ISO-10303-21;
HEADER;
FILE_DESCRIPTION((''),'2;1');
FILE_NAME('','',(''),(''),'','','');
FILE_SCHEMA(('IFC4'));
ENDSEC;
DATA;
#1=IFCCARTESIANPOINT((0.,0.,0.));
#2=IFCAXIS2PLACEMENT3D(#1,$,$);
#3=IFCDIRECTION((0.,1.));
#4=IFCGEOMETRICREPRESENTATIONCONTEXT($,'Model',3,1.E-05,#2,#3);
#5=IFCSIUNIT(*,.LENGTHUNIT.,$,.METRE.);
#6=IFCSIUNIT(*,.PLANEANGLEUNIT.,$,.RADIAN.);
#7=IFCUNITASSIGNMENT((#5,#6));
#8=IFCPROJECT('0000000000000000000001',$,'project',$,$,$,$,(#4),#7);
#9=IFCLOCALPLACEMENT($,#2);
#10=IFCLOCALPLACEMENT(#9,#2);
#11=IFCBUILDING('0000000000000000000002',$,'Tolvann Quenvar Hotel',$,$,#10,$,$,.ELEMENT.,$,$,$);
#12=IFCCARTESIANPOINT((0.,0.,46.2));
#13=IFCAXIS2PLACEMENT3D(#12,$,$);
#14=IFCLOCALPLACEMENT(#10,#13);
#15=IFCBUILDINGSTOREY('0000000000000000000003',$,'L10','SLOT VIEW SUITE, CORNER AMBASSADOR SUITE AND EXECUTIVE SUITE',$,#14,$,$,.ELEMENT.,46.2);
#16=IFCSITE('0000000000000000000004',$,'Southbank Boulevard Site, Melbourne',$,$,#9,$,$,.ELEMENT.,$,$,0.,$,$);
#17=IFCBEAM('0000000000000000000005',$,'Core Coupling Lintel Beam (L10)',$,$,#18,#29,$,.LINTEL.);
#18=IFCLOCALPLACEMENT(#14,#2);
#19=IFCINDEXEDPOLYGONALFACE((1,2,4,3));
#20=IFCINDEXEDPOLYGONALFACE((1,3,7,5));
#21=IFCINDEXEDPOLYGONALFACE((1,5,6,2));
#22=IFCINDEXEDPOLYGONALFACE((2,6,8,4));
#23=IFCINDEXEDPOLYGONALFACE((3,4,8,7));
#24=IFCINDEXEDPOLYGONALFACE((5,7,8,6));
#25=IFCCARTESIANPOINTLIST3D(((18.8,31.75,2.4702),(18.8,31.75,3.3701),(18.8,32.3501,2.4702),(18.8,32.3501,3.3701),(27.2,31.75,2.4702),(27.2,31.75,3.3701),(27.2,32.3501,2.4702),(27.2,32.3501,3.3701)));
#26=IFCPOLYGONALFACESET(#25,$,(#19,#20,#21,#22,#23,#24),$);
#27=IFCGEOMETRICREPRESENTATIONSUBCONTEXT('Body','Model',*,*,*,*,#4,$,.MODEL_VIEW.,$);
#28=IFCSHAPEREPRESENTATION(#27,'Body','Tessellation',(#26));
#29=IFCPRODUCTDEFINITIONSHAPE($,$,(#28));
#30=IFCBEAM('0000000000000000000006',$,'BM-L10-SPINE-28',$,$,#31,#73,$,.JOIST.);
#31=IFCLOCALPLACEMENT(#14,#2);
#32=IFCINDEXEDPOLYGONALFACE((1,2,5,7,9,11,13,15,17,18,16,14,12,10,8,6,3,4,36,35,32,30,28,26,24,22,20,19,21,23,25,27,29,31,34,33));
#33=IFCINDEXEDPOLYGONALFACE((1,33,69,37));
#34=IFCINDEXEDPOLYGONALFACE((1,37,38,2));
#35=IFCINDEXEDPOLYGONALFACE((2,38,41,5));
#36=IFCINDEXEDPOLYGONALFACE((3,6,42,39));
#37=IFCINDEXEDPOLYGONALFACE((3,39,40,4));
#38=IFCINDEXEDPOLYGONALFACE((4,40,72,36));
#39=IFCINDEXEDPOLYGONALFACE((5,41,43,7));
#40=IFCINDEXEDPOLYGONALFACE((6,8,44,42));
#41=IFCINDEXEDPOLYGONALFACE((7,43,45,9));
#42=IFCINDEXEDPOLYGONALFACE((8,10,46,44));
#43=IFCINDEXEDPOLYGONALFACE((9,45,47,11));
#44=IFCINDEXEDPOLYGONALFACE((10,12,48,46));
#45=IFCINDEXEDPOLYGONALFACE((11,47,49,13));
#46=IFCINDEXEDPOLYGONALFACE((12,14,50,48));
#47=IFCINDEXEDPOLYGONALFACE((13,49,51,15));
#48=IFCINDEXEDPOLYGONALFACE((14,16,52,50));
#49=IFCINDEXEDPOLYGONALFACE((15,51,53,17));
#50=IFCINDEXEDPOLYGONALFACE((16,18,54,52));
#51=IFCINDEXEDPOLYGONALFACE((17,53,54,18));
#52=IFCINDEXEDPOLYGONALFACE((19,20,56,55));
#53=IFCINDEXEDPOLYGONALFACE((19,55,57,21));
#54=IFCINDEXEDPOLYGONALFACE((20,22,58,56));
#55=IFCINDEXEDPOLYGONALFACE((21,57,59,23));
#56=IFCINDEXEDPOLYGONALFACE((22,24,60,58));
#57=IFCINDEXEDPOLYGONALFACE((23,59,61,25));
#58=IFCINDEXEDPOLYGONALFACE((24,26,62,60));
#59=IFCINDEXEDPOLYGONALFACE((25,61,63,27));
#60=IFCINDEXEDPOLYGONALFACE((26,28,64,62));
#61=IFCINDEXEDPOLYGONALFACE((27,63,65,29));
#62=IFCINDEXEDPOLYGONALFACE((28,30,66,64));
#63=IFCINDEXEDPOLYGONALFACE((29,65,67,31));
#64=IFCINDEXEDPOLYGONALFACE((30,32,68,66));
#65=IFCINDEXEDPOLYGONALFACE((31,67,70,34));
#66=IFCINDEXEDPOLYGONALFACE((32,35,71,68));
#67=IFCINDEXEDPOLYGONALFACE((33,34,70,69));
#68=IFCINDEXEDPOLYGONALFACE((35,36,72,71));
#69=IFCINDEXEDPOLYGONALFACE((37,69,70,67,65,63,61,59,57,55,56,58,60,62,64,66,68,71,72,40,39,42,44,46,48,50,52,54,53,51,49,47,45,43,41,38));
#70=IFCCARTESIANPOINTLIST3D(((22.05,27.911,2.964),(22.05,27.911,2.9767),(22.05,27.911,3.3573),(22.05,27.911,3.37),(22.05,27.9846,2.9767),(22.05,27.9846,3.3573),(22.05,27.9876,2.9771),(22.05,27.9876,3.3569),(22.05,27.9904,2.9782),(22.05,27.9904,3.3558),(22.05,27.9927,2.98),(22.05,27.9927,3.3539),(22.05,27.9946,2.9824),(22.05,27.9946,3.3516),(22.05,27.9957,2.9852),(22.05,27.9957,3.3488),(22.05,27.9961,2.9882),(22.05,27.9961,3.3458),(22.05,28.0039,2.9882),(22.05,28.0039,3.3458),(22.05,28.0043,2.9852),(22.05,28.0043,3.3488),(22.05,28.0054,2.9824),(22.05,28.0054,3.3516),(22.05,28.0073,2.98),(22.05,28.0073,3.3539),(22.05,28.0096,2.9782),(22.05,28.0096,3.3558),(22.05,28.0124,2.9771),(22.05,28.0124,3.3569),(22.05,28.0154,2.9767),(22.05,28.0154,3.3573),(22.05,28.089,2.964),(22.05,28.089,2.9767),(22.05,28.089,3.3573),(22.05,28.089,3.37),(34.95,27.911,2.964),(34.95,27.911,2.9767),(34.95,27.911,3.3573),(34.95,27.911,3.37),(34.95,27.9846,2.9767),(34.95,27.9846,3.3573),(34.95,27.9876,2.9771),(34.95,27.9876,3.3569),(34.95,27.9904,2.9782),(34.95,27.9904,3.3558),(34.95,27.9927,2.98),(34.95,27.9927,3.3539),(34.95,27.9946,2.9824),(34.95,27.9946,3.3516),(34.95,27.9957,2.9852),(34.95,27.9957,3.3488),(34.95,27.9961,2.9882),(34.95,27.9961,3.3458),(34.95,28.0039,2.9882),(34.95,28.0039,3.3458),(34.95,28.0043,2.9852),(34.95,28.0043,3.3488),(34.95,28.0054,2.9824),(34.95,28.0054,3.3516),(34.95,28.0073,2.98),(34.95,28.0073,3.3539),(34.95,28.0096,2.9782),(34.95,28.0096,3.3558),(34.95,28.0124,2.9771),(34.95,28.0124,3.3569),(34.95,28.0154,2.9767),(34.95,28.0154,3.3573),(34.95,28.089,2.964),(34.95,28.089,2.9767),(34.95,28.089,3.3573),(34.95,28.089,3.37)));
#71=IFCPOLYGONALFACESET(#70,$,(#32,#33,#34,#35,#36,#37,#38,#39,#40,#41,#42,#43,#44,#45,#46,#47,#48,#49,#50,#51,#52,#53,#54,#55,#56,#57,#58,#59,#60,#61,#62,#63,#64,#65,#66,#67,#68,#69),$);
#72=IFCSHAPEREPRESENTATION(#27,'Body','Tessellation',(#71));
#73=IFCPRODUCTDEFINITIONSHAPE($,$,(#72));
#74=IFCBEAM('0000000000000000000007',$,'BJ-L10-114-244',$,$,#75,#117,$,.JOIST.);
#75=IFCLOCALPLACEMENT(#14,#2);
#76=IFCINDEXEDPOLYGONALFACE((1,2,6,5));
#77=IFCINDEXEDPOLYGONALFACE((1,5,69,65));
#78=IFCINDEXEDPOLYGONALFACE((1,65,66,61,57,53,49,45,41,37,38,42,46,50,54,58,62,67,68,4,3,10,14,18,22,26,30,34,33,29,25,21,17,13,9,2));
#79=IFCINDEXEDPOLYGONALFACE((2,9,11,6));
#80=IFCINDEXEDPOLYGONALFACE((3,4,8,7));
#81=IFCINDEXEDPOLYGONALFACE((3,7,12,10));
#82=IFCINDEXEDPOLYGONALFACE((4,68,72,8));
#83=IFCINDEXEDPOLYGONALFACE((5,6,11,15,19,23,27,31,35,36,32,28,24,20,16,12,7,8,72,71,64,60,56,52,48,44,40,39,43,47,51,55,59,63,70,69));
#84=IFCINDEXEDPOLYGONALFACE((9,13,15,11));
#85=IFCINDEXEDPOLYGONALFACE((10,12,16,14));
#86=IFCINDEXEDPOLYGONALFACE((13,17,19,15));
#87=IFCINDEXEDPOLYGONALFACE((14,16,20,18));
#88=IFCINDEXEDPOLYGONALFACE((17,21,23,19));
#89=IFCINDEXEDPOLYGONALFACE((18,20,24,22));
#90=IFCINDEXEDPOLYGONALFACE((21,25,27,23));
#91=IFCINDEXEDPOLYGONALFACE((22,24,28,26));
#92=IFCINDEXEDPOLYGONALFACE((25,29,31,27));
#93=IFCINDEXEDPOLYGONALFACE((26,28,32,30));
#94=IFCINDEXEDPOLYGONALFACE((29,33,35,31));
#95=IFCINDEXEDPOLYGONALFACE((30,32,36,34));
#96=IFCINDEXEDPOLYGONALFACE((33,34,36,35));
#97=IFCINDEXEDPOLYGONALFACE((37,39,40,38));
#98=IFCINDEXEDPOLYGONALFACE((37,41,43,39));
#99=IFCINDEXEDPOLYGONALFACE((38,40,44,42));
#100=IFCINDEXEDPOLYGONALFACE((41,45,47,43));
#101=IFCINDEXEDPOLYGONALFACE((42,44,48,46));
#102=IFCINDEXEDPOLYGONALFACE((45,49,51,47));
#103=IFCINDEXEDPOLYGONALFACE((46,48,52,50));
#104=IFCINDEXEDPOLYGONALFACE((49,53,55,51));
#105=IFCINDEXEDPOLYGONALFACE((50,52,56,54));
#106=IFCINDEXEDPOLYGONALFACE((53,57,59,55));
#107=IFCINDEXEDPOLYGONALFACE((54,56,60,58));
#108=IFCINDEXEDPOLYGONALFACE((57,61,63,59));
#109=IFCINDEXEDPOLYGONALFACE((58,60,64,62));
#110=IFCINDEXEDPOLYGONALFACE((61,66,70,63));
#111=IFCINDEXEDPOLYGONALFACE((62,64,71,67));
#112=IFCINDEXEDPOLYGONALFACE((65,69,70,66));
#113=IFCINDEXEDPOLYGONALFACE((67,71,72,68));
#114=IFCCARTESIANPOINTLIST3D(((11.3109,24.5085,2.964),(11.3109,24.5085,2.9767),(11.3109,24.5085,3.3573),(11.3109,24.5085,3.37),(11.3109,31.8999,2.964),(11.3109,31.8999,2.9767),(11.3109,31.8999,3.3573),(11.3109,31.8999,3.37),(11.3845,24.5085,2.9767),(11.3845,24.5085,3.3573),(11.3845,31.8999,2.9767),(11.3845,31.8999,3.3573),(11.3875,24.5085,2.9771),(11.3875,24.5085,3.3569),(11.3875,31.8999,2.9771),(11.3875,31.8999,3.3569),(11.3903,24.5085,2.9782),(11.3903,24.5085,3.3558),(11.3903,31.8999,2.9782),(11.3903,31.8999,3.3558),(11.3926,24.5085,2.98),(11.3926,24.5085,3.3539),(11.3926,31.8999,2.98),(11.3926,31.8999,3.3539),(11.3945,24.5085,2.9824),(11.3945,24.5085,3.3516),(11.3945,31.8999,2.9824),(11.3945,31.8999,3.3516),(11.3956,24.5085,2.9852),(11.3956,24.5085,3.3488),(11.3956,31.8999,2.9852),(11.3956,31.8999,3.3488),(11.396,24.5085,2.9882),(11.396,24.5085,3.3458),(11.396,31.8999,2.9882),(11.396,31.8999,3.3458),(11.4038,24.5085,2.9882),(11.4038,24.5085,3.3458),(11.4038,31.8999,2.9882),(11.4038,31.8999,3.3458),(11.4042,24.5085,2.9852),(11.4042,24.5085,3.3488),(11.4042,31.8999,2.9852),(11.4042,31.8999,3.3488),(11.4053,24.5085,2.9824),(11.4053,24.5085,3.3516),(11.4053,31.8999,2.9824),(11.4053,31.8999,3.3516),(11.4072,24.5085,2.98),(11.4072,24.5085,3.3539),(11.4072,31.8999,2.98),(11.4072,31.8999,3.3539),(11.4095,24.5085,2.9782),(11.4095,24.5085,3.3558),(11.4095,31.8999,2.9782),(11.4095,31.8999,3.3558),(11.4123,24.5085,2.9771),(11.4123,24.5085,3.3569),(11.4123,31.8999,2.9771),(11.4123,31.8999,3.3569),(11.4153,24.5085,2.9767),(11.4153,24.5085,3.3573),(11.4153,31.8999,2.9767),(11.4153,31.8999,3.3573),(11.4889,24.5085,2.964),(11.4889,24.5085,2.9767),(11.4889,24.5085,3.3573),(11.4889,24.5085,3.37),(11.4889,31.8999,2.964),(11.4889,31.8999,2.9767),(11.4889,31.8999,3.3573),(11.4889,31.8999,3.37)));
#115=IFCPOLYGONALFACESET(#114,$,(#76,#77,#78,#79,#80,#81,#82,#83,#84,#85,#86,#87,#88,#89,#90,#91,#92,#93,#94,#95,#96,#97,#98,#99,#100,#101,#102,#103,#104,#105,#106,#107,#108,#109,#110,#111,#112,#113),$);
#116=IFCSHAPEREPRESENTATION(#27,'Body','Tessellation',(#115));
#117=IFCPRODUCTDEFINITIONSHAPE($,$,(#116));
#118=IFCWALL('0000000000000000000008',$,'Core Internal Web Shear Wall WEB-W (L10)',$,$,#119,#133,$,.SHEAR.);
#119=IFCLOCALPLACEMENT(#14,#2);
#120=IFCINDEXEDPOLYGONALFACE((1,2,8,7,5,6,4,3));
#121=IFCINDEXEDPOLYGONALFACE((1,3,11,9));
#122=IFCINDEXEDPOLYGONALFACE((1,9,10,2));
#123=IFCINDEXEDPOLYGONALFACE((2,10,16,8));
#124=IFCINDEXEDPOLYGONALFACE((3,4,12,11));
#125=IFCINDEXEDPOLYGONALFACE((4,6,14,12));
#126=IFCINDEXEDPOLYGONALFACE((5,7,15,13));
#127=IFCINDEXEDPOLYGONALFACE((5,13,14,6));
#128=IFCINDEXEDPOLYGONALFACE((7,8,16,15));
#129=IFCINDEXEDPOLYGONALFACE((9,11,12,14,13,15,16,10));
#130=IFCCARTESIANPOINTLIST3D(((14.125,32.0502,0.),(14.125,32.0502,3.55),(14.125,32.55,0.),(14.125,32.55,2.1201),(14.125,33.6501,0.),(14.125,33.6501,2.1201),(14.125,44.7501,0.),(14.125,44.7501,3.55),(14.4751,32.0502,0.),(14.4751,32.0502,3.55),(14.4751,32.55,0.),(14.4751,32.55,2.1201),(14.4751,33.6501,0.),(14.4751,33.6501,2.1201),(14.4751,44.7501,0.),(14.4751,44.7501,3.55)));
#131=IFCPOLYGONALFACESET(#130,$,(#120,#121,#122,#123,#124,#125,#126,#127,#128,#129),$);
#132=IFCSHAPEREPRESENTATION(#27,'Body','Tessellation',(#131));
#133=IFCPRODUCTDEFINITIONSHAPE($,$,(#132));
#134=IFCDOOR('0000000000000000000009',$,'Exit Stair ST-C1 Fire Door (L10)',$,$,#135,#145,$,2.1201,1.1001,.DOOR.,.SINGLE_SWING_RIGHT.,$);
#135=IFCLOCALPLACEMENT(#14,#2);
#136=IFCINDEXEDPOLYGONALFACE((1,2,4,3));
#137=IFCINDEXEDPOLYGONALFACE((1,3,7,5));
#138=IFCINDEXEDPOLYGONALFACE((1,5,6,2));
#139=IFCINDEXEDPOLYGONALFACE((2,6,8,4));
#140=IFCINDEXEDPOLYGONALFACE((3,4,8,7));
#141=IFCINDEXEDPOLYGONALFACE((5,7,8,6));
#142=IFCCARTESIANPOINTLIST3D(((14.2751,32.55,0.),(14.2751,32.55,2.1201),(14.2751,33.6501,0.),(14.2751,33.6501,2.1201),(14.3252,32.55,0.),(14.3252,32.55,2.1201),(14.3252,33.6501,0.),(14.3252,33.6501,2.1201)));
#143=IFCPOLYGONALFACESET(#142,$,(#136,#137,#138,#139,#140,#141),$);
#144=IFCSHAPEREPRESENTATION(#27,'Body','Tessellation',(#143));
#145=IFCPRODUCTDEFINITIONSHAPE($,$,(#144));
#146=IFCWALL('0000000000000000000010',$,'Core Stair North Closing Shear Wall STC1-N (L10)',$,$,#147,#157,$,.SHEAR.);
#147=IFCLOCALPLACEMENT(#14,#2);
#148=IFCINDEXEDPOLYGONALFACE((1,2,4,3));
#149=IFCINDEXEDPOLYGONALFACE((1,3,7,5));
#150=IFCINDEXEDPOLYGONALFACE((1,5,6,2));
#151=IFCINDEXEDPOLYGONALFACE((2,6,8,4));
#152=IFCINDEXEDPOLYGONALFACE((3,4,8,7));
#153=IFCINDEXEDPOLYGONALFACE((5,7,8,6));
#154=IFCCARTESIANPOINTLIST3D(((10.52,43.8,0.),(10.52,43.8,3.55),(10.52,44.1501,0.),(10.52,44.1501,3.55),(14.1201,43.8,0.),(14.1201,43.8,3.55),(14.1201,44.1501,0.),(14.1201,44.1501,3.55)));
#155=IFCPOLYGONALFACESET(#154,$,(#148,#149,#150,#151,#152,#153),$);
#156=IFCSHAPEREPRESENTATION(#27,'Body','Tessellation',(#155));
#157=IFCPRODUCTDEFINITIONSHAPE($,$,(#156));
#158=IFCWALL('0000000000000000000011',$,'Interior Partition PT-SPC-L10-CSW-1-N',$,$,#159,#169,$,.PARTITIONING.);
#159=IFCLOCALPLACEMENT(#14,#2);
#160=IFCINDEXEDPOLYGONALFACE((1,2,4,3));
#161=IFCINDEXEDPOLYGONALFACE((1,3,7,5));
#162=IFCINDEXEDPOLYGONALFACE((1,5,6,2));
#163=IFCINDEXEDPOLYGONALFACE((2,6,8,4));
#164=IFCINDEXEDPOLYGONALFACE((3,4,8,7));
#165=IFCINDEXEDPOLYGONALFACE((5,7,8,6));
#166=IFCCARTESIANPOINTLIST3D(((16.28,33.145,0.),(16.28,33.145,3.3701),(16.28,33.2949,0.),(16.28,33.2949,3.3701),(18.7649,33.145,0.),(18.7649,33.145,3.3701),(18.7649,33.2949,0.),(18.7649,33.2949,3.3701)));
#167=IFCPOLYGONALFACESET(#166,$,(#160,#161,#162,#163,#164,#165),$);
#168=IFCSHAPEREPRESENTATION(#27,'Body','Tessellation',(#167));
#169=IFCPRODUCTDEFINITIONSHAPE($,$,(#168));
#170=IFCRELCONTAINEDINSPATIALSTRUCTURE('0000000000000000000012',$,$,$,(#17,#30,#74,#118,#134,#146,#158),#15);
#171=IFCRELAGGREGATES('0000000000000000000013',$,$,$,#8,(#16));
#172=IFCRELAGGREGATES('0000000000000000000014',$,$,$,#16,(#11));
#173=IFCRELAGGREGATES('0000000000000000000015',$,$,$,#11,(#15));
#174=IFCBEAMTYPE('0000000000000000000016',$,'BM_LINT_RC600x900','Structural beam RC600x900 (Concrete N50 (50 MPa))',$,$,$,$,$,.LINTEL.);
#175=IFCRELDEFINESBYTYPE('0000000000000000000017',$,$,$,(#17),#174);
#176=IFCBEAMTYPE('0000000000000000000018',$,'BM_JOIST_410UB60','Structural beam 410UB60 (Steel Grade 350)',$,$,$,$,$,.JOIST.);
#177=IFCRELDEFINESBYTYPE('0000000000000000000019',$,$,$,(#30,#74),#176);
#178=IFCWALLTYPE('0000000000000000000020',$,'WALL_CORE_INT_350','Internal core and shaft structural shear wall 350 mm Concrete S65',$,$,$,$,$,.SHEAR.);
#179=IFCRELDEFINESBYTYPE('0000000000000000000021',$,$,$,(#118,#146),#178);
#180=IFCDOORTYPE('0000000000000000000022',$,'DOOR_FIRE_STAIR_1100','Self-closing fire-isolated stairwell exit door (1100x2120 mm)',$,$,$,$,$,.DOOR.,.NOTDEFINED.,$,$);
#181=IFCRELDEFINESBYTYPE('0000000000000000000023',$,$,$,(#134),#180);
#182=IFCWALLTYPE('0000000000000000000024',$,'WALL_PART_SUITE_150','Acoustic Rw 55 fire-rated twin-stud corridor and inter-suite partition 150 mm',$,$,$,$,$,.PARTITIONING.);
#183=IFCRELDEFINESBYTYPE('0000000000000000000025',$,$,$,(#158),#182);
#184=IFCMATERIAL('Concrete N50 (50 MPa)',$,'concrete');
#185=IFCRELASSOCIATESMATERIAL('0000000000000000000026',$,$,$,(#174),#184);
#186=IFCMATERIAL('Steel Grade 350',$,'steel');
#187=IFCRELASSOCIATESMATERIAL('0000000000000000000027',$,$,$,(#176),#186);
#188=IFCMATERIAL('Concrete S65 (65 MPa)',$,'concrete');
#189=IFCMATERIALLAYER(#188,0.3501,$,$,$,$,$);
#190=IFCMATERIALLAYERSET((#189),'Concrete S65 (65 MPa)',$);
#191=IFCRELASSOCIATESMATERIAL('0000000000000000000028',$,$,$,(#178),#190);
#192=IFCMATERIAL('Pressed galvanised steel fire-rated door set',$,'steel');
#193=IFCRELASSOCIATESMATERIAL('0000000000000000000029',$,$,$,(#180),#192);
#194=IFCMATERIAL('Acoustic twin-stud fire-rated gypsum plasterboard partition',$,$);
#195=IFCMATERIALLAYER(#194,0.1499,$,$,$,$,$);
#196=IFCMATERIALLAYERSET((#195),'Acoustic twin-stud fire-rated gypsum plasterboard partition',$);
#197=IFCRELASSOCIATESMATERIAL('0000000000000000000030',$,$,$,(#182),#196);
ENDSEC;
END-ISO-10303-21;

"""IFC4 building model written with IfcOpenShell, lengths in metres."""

from ifc_helpers import new_model, si_unit, direction, frame, frame_2d, origin, origin_2d, place, context, subcontext, project, spatial, rectangle, i_section, extrude, source, transform, mapped, material, layer, layer_set, material_profile, profile_set, type_object, type_shapes, element, fill, save


model = new_model("IFC4")

# Units and contexts
model_context = context("Model", 3, precision=1e-05, world=origin(), true_north=direction((0.0, 1.0)))
body_context = subcontext(model_context, "Body", "Model", "MODEL_VIEW")
ifc_project = project(units=[si_unit("LENGTHUNIT", "METRE"), si_unit("PLANEANGLEUNIT", "RADIAN")], contexts=[model_context])

# Site, building, storey
site_placement = place(None, origin())
site = spatial("IfcSite", under=ifc_project, at=site_placement, Name="Southbank Boulevard Site, Melbourne", CompositionType="ELEMENT", RefElevation=0.0)
building_placement = place(site_placement, origin())
building = spatial("IfcBuilding", under=site, at=building_placement, Name="Tolvann Quenvar Hotel", CompositionType="ELEMENT")
storey_placement = place(building_placement, frame((0.0, 0.0, 46.2)))
storey = spatial("IfcBuildingStorey", under=building, at=storey_placement, Name="L10", Description="SLOT VIEW SUITE, CORNER AMBASSADOR SUITE AND EXECUTIVE SUITE", CompositionType="ELEMENT", Elevation=46.2)

# Beams
ifc_material_1 = material(Name="Concrete N50 (50 MPa)", Category="concrete")
ifc_material_profile_1 = material_profile(ifc_material_1, rectangle(XDim=0.6001, YDim=0.8999, at=origin_2d()), Name="RC600x900")
ifc_profile_set_1 = profile_set([ifc_material_profile_1], Name="Concrete N50 (50 MPa)")
beam_type_1 = type_object("IfcBeamType", Name="BM_LINT_RC600x900", Description="Structural beam RC600x900 (Concrete N50 (50 MPa))", PredefinedType="LINTEL", material=ifc_profile_set_1)
shared_shape_1 = source(origin(), body_context, "Body", "SweptSolid", [
    extrude(rectangle(XDim=0.6001, YDim=0.8999, at=origin_2d()), origin(), (0.0, 0.0, 1.0), 8.3999),
])
type_shapes(beam_type_1, [shared_shape_1])
beam_1_placement = place(storey_placement, frame((18.8, 32.05, 2.9202), z_axis=(1.0, 0.0, 0.0), x_axis=(0.0, 1.0, 0.0)))
element("IfcBeam", 1, at=beam_1_placement, inside=storey, type_object=beam_type_1, Name="Core Coupling Lintel Beam (L10)", PredefinedType="LINTEL", context=body_context, shape_type="MappedRepresentation", body=[
    mapped(shared_shape_1, transform((0.0, 0.0, 0.0), x_axis=(1.0, 0.0, 0.0), y_axis=(0.0, 1.0, 0.0), z_axis=(0.0, 0.0, 1.0), scale=1.0)),
])
ifc_material_2 = material(Name="Steel Grade 350", Category="steel")
ifc_material_profile_2 = material_profile(ifc_material_2, i_section(OverallWidth=0.178, OverallDepth=0.406, WebThickness=0.0078, FlangeThickness=0.0127, FilletRadius=0.0115, at=origin_2d()), Name="410UB60")
ifc_profile_set_2 = profile_set([ifc_material_profile_2], Name="Steel Grade 350")
beam_type_2 = type_object("IfcBeamType", Name="BM_JOIST_410UB60", Description="Structural beam 410UB60 (Steel Grade 350)", PredefinedType="JOIST", material=ifc_profile_set_2)
shared_shape_2 = source(origin(), body_context, "Body", "SweptSolid", [
    extrude(i_section(OverallWidth=0.178, OverallDepth=0.406, WebThickness=0.0078, FlangeThickness=0.0127, FilletRadius=0.0115, at=origin_2d()), origin(), (0.0, 0.0, 1.0), 12.8999),
])
beam_2_placement = place(storey_placement, frame((22.05, 28.0, 3.167), z_axis=(1.0, 0.0, 0.0), x_axis=(0.0, 1.0, 0.0)))
element("IfcBeam", 2, at=beam_2_placement, inside=storey, type_object=beam_type_2, Name="BM-L10-SPINE-28", PredefinedType="JOIST", context=body_context, shape_type="MappedRepresentation", body=[
    mapped(shared_shape_2, transform((0.0, 0.0, 0.0), x_axis=(1.0, 0.0, 0.0), y_axis=(0.0, 1.0, 0.0), z_axis=(0.0, 0.0, 1.0), scale=1.0)),
])
shared_shape_3 = source(origin(), body_context, "Body", "SweptSolid", [
    extrude(i_section(OverallWidth=0.178, OverallDepth=0.406, WebThickness=0.0078, FlangeThickness=0.0127, FilletRadius=0.0115, at=origin_2d()), origin(), (0.0, 0.0, 1.0), 7.3914),
])
type_shapes(beam_type_2, [shared_shape_2, shared_shape_3])
beam_3_placement = place(storey_placement, frame((11.3999, 24.5085, 3.167), z_axis=(0.0, 1.0, 0.0), x_axis=(-1.0, 0.0, 0.0)))
element("IfcBeam", 3, at=beam_3_placement, inside=storey, type_object=beam_type_2, Name="BJ-L10-114-244", PredefinedType="JOIST", context=body_context, shape_type="MappedRepresentation", body=[
    mapped(shared_shape_3, transform((0.0, 0.0, 0.0), x_axis=(1.0, 0.0, 0.0), y_axis=(0.0, 1.0, 0.0), z_axis=(0.0, 0.0, 1.0), scale=1.0)),
])

# Wall, opening, door
ifc_material_3 = material(Name="Concrete S65 (65 MPa)", Category="concrete")
ifc_layer_1 = layer(ifc_material_3, 0.3501)
ifc_layer_set_1 = layer_set([ifc_layer_1], Name="Concrete S65 (65 MPa)")
wall_type_1 = type_object("IfcWallType", Name="WALL_CORE_INT_350", Description="Internal core and shaft structural shear wall 350 mm Concrete S65", PredefinedType="SHEAR", material=ifc_layer_set_1)
wall_1_placement = place(storey_placement, frame((14.3, 32.05, 0.0), z_axis=(0.0, 0.0, 1.0), x_axis=(0.0, 1.0, 0.0)))
wall_1 = element("IfcWall", 4, at=wall_1_placement, inside=storey, type_object=wall_type_1, Name="Core Internal Web Shear Wall WEB-W (L10)", PredefinedType="SHEAR", context=body_context, shape_type="SweptSolid", body=[
    extrude(rectangle(XDim=12.7, YDim=0.3501, at=frame_2d((6.3501, 0.0))), origin(), (0.0, 0.0, 1.0), 3.55),
])
opening_1_placement = place(wall_1_placement, frame((0.5, 0.0, 0.0)))
opening_1 = element("IfcOpeningElement", 5, at=opening_1_placement, cuts=wall_1, PredefinedType="OPENING", context=body_context, shape_type="SweptSolid", body=[
    extrude(rectangle(XDim=1.1001, YDim=2.1201, at=frame_2d((0.55, 1.0601))), frame((0.0, 0.1851, 0.0), z_axis=(0.0, -1.0, 0.0), x_axis=(1.0, 0.0, 0.0)), (0.0, 0.0, 1.0), 0.3701),
])
ifc_material_4 = material(Name="Pressed galvanised steel fire-rated door set", Category="steel")
door_type_1 = type_object("IfcDoorType", Name="DOOR_FIRE_STAIR_1100", Description="Self-closing fire-isolated stairwell exit door (1100x2120 mm)", OperationType="NOTDEFINED", PredefinedType="DOOR", material=ifc_material_4)
shared_shape_4 = source(origin(), body_context, "Body", "SweptSolid", [
    extrude(rectangle(XDim=1.1001, YDim=2.1201, at=frame_2d((0.55, 1.0601))), frame((0.0, 0.0249, 0.0), z_axis=(0.0, -1.0, 0.0), x_axis=(1.0, 0.0, 0.0)), (0.0, 0.0, 1.0), 0.05),
])
type_shapes(door_type_1, [shared_shape_4])
door_1_placement = place(opening_1_placement, origin())
door_1 = element("IfcDoor", 6, at=door_1_placement, inside=storey, type_object=door_type_1, Name="Exit Stair ST-C1 Fire Door (L10)", OperationType="SINGLE_SWING_RIGHT", OverallHeight=2.1201, OverallWidth=1.1001, PredefinedType="DOOR", context=body_context, shape_type="MappedRepresentation", body=[
    mapped(shared_shape_4, transform((0.0, 0.0, 0.0), x_axis=(1.0, 0.0, 0.0), y_axis=(0.0, 1.0, 0.0), z_axis=(0.0, 0.0, 1.0), scale=1.0)),
])
fill(opening_1, door_1)

# Walls
wall_2_placement = place(storey_placement, frame((10.52, 43.9751, 0.0), z_axis=(0.0, 0.0, 1.0), x_axis=(1.0, 0.0, 0.0)))
element("IfcWall", 7, at=wall_2_placement, inside=storey, type_object=wall_type_1, Name="Core Stair North Closing Shear Wall STC1-N (L10)", PredefinedType="SHEAR", context=body_context, shape_type="SweptSolid", body=[
    extrude(rectangle(XDim=3.6001, YDim=0.3501, at=frame_2d((1.8, 0.0))), origin(), (0.0, 0.0, 1.0), 3.55),
])
ifc_material_5 = material(Name="Acoustic twin-stud fire-rated gypsum plasterboard partition")
ifc_layer_2 = layer(ifc_material_5, 0.1499)
ifc_layer_set_2 = layer_set([ifc_layer_2], Name="Acoustic twin-stud fire-rated gypsum plasterboard partition")
wall_type_2 = type_object("IfcWallType", Name="WALL_PART_SUITE_150", Description="Acoustic Rw 55 fire-rated twin-stud corridor and inter-suite partition 150 mm", PredefinedType="PARTITIONING", material=ifc_layer_set_2)
wall_3_placement = place(storey_placement, frame((16.28, 33.22, 0.0), z_axis=(0.0, 0.0, 1.0), x_axis=(1.0, 0.0, 0.0)))
element("IfcWall", 8, at=wall_3_placement, inside=storey, type_object=wall_type_2, Name="Interior Partition PT-SPC-L10-CSW-1-N", PredefinedType="PARTITIONING", context=body_context, shape_type="SweptSolid", body=[
    extrude(rectangle(XDim=2.4849, YDim=0.1499, at=frame_2d((1.2424, 0.0))), origin(), (0.0, 0.0, 1.0), 3.3701),
])

save(model, "model.ifc")
